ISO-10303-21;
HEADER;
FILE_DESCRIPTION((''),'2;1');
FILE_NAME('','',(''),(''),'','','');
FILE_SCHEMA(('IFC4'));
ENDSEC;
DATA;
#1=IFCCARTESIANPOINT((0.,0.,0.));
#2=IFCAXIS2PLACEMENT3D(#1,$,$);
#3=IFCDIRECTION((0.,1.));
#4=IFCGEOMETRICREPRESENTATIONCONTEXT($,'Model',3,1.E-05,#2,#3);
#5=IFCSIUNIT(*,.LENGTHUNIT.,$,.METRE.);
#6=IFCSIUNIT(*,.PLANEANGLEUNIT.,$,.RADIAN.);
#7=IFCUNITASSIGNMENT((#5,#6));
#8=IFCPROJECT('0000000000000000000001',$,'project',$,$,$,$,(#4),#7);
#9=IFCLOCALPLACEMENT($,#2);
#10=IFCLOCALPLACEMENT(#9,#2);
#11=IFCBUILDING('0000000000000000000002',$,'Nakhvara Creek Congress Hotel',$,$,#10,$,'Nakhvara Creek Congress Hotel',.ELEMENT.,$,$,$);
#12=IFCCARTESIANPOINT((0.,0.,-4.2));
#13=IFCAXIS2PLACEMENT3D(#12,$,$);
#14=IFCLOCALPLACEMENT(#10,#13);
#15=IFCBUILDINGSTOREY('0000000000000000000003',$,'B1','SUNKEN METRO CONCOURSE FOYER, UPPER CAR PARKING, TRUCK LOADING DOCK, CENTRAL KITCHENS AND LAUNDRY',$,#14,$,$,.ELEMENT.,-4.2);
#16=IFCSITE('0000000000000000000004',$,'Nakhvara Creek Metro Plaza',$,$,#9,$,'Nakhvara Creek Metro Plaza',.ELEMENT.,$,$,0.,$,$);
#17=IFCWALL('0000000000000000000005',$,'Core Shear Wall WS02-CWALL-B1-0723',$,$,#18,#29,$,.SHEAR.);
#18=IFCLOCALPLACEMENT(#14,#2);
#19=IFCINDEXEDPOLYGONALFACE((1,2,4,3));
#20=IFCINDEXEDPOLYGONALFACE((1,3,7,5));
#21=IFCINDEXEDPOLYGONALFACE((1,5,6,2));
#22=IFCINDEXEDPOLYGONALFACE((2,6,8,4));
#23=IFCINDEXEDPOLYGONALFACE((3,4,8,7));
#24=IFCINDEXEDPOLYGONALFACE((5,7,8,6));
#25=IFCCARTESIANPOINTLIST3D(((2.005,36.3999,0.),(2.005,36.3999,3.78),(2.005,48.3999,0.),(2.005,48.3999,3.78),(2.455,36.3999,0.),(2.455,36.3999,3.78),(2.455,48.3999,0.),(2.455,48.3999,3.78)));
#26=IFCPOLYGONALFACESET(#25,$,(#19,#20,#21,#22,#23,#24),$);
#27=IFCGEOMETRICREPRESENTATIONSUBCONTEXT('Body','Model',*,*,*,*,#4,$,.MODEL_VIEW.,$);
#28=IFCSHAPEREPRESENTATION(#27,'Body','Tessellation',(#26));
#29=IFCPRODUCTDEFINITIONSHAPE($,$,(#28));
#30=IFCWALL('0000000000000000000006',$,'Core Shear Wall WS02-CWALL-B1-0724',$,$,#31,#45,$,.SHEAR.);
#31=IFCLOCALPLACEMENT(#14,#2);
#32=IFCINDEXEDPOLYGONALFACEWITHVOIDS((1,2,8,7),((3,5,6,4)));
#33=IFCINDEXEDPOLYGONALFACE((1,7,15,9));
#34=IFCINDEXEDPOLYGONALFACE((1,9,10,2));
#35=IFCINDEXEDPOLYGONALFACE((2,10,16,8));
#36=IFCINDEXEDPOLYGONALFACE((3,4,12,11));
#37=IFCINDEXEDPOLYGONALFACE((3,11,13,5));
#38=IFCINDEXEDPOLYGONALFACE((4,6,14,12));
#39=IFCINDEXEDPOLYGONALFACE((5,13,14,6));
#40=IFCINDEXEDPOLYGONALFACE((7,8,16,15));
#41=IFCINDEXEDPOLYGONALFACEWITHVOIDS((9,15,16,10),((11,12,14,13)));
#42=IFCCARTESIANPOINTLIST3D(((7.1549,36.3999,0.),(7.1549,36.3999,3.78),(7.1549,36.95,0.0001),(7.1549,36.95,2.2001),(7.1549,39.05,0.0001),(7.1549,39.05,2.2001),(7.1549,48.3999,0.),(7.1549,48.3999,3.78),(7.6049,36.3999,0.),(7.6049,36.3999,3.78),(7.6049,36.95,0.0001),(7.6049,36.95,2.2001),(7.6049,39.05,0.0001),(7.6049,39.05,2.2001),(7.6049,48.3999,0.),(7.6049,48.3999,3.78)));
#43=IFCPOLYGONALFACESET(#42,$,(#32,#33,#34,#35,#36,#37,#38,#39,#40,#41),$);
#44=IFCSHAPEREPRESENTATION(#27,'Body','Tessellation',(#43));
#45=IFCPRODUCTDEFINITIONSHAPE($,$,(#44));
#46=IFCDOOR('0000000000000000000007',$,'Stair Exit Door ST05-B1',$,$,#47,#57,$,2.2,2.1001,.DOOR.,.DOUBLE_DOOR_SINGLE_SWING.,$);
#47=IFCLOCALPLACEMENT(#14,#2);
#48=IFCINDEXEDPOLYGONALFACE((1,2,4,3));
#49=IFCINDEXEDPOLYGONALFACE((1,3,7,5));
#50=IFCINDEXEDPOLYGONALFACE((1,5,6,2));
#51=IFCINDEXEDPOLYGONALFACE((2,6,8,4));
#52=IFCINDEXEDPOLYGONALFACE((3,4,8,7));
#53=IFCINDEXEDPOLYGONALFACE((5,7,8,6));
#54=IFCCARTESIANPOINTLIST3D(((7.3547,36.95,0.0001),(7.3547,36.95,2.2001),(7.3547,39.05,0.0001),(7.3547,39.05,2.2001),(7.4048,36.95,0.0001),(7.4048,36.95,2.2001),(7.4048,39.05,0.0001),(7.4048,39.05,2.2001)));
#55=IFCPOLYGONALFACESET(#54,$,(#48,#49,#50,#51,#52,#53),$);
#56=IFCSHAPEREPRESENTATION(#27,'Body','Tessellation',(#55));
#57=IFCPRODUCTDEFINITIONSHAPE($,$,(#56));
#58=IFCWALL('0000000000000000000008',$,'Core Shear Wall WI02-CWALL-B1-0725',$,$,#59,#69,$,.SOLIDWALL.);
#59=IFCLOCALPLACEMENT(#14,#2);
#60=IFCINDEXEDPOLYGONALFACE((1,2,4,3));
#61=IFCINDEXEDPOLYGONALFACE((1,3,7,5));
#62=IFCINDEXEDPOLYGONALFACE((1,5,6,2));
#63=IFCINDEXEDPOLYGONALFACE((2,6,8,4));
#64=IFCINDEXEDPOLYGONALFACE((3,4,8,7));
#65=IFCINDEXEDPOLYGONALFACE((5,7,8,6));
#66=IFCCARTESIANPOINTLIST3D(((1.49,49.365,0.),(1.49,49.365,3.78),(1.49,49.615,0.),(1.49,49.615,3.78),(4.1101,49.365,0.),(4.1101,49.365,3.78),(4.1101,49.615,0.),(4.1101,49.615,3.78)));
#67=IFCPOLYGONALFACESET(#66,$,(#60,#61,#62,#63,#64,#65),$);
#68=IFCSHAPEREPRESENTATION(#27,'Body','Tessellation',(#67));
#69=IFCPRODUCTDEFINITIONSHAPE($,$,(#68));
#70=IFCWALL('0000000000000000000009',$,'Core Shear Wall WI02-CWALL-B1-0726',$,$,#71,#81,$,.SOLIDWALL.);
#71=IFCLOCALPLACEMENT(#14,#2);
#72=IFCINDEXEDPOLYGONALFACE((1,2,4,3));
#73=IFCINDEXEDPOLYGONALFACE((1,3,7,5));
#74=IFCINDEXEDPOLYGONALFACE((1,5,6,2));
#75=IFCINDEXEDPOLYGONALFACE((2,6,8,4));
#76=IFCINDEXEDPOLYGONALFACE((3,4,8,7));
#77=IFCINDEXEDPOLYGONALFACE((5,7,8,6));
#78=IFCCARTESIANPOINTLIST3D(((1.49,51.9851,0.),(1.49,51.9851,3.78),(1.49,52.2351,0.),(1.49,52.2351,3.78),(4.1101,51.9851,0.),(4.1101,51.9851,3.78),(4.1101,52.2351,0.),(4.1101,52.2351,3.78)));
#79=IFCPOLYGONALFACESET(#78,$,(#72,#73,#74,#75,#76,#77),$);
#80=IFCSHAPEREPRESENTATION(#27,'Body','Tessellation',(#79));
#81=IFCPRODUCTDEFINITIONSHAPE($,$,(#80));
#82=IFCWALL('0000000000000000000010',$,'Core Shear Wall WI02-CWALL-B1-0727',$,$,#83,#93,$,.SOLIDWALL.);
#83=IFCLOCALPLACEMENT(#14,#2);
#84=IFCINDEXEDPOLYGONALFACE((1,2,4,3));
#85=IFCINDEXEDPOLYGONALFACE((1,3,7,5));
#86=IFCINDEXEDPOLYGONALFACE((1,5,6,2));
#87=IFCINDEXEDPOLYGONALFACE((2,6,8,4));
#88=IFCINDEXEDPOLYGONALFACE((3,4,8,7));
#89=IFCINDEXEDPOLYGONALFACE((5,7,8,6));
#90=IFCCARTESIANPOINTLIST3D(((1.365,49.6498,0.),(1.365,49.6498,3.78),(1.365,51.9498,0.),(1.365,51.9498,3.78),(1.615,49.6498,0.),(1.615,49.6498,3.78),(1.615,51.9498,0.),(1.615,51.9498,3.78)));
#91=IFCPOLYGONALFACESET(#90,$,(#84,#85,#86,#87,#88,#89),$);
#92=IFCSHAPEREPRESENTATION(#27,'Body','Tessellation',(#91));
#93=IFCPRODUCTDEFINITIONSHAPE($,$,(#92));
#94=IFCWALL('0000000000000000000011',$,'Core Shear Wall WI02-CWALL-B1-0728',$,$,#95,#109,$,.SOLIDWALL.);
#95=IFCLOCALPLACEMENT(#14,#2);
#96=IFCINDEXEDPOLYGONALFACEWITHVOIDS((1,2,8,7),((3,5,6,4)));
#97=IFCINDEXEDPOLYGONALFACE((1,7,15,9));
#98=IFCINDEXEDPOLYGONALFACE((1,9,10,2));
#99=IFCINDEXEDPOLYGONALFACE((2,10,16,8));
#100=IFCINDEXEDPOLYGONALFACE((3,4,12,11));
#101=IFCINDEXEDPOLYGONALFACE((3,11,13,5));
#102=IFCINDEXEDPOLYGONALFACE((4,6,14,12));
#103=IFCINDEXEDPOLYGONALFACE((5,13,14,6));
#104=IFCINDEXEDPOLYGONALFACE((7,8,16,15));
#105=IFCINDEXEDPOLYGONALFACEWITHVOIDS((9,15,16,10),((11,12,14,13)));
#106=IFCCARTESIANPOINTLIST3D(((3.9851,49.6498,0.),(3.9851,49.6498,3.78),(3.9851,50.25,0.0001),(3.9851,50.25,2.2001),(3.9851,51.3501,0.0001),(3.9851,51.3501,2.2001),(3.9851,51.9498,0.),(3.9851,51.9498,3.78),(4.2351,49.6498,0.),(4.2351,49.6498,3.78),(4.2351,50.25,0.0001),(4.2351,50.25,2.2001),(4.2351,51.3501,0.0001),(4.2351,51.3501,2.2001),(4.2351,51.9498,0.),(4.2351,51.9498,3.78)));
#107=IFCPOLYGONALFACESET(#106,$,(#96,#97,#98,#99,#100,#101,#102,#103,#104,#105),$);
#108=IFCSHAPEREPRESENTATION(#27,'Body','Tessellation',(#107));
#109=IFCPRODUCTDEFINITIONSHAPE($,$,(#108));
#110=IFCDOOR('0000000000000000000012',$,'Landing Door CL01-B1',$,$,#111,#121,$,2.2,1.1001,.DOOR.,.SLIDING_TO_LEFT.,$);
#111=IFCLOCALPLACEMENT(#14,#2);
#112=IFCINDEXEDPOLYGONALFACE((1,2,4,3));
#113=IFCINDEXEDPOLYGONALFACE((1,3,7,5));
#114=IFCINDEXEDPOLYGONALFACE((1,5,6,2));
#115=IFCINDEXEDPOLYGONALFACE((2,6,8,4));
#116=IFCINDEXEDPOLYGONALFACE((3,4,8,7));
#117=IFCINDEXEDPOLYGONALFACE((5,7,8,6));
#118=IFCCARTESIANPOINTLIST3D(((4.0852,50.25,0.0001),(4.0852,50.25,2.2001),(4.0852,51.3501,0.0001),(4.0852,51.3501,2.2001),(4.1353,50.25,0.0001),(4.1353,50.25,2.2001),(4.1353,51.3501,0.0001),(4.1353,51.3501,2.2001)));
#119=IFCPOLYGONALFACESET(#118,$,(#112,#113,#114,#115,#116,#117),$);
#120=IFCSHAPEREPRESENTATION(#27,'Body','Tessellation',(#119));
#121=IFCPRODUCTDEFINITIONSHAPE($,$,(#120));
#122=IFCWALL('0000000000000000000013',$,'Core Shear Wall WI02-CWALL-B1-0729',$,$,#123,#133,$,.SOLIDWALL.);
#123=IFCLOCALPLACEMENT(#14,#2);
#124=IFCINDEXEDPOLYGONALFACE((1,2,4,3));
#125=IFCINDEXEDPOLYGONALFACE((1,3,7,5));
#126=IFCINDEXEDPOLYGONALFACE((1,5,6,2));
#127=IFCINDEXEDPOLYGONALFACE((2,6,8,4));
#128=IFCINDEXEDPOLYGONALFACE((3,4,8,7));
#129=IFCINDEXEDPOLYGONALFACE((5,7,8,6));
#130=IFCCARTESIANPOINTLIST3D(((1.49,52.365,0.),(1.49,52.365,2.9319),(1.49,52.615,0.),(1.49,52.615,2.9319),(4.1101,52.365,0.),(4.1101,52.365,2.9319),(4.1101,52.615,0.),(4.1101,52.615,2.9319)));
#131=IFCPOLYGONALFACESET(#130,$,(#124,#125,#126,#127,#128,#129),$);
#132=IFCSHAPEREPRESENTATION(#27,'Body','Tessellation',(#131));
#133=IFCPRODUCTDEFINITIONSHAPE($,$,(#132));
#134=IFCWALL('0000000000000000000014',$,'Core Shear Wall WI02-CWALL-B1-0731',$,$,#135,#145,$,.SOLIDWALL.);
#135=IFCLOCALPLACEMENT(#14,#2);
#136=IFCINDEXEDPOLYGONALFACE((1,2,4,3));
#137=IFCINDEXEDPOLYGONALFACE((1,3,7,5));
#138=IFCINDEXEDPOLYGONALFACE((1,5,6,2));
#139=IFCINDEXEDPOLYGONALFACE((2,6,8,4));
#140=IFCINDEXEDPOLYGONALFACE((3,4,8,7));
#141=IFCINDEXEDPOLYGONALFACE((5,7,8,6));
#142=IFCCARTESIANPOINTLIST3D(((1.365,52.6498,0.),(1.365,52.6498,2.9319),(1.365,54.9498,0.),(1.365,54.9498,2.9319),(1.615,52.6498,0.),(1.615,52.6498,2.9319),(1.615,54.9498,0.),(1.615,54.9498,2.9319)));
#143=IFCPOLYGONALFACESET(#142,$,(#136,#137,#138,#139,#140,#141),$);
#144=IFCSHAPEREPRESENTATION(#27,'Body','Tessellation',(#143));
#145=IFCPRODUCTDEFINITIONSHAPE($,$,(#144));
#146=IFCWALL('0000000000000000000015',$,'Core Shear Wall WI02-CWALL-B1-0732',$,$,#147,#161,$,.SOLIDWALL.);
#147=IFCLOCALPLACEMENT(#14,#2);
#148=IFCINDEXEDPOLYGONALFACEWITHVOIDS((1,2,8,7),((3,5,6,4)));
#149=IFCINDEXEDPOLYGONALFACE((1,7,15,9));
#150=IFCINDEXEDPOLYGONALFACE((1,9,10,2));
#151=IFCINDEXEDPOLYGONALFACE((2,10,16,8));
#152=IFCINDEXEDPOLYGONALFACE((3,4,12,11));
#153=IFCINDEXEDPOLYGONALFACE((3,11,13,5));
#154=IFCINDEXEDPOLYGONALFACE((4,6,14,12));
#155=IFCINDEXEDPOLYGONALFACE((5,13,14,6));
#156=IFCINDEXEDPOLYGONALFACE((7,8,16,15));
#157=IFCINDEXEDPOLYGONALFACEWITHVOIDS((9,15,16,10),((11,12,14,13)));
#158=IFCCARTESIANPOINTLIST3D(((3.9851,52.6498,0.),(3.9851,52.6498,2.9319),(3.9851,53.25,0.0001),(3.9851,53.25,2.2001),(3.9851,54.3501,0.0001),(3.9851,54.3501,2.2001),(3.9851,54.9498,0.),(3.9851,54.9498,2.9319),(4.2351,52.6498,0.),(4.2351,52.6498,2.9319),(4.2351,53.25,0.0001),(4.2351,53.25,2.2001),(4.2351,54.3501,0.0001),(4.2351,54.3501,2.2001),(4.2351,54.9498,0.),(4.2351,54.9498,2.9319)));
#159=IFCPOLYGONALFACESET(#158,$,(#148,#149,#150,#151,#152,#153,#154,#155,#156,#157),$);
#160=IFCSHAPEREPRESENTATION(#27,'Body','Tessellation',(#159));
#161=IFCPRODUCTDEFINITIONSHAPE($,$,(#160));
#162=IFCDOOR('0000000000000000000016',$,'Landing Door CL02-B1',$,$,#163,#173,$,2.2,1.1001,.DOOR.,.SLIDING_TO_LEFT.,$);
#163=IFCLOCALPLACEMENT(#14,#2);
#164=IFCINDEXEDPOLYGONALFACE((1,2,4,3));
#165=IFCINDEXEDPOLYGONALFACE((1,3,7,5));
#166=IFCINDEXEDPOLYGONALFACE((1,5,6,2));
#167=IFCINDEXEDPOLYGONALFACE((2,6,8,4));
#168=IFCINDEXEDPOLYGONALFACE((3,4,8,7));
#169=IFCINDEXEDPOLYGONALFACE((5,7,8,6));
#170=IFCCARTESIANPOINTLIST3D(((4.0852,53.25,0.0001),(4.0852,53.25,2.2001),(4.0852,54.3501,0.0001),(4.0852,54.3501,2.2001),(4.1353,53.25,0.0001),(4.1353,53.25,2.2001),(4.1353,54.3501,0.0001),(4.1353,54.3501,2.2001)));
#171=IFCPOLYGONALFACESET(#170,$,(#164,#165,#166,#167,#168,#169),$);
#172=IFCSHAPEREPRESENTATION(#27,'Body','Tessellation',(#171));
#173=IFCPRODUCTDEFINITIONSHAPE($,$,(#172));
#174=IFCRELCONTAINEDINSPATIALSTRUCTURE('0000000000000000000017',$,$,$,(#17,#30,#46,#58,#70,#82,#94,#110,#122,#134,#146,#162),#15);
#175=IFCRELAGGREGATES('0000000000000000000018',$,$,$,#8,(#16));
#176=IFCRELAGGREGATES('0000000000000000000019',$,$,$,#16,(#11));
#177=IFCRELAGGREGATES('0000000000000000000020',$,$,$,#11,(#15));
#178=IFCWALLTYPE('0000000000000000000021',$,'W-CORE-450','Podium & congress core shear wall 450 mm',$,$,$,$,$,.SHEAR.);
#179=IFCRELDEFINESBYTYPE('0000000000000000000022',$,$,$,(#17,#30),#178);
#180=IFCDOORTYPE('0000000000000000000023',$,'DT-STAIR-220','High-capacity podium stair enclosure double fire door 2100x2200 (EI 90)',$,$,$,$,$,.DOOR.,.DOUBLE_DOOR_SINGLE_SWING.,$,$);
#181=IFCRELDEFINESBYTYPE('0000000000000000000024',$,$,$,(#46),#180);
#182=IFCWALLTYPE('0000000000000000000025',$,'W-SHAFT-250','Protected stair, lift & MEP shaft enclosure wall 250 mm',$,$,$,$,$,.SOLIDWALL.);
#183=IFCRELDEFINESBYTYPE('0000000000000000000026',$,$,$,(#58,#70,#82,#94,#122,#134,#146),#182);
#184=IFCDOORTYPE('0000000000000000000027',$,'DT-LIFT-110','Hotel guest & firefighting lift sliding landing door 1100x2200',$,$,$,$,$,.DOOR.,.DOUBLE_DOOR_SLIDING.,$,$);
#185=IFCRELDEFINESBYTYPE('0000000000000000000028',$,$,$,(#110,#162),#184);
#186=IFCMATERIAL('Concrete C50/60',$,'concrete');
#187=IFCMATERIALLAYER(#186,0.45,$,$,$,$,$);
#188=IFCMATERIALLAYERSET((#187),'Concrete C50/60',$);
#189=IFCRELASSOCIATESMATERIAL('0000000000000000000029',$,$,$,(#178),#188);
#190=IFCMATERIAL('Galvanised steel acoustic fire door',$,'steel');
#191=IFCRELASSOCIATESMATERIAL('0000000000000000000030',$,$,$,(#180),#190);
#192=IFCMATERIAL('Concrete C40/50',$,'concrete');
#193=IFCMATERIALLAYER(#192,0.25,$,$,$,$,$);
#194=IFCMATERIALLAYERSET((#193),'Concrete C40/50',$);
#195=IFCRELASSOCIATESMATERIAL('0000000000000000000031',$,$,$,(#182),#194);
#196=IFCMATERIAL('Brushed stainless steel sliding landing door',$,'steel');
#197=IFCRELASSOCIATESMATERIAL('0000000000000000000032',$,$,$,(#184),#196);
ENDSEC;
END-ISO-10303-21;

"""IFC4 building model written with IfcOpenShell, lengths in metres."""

from ifc_helpers import new_model, si_unit, direction, frame, frame_2d, origin, place, context, subcontext, project, spatial, rectangle, extrude, material, layer, layer_set, type_object, element, fill, save


model = new_model("IFC4")

# Units and contexts
model_context = context("Model", 3, precision=1e-05, world=origin(), true_north=direction((0.0, 1.0)))
body_context = subcontext(model_context, "Body", "Model", "MODEL_VIEW")
ifc_project = project(units=[si_unit("LENGTHUNIT", "METRE"), si_unit("PLANEANGLEUNIT", "RADIAN")], contexts=[model_context])

# Site, building, storey
site_placement = place(None, origin())
site = spatial("IfcSite", under=ifc_project, at=site_placement, Name="Nakhvara Creek Metro Plaza", LongName="Nakhvara Creek Metro Plaza", CompositionType="ELEMENT", RefElevation=0.0)
building_placement = place(site_placement, origin())
building = spatial("IfcBuilding", under=site, at=building_placement, Name="Nakhvara Creek Congress Hotel", LongName="Nakhvara Creek Congress Hotel", CompositionType="ELEMENT")
storey_placement = place(building_placement, frame((0.0, 0.0, -4.2)))
storey = spatial("IfcBuildingStorey", under=building, at=storey_placement, Name="B1", Description="SUNKEN METRO CONCOURSE FOYER, UPPER CAR PARKING, TRUCK LOADING DOCK, CENTRAL KITCHENS AND LAUNDRY", CompositionType="ELEMENT", Elevation=-4.2)

# Shared definitions
ifc_material_1 = material(Name="Concrete C50/60", Category="concrete")

# Shared definitions
ifc_material_2 = material(Name="Concrete C40/50", Category="concrete")

# Wall
ifc_layer_1 = layer(ifc_material_1, 0.45)
ifc_layer_set_1 = layer_set([ifc_layer_1], Name="Concrete C50/60")
wall_type_1 = type_object("IfcWallType", Name="W-CORE-450", Description="Podium & congress core shear wall 450 mm", PredefinedType="SHEAR", material=ifc_layer_set_1)
wall_1_placement = place(storey_placement, frame((2.23, 36.3999, 0.0), z_axis=(0.0, 0.0, 1.0), x_axis=(0.0, 1.0, 0.0)))
element("IfcWall", 1, at=wall_1_placement, inside=storey, type_object=wall_type_1, Name="Core Shear Wall WS02-CWALL-B1-0723", PredefinedType="SHEAR", context=body_context, shape_type="SweptSolid", body=[
    extrude(rectangle(XDim=12.0, YDim=0.45, at=frame_2d((6.0, 0.0))), origin(), (0.0, 0.0, 1.0), 3.78),
])

# Wall, opening, door
wall_2_placement = place(storey_placement, frame((7.3799, 36.3999, 0.0), z_axis=(0.0, 0.0, 1.0), x_axis=(0.0, 1.0, 0.0)))
wall_2 = element("IfcWall", 2, at=wall_2_placement, inside=storey, type_object=wall_type_1, Name="Core Shear Wall WS02-CWALL-B1-0724", PredefinedType="SHEAR", context=body_context, shape_type="SweptSolid", body=[
    extrude(rectangle(XDim=12.0, YDim=0.45, at=frame_2d((6.0, 0.0))), origin(), (0.0, 0.0, 1.0), 3.78),
])
opening_1_placement = place(wall_2_placement, frame((0.55, 0.0, 0.0)))
opening_1 = element("IfcOpeningElement", 3, at=opening_1_placement, cuts=wall_2, PredefinedType="OPENING", context=body_context, shape_type="SweptSolid", body=[
    extrude(rectangle(XDim=2.1001, YDim=2.2, at=frame_2d((1.05, 1.1001))), frame((0.0, 0.2368, 0.0), z_axis=(0.0, -1.0, 0.0), x_axis=(1.0, 0.0, 0.0)), (0.0, 0.0, 1.0), 0.4739),
])
ifc_material_3 = material(Name="Galvanised steel acoustic fire door", Category="steel")
door_type_1 = type_object("IfcDoorType", Name="DT-STAIR-220", Description="High-capacity podium stair enclosure double fire door 2100x2200 (EI 90)", OperationType="DOUBLE_DOOR_SINGLE_SWING", PredefinedType="DOOR", material=ifc_material_3)
door_1_placement = place(opening_1_placement, frame((2.1001, 0.0, 0.0), z_axis=(0.0, 0.0, 1.0), x_axis=(-1.0, 0.0, 0.0)))
door_1 = element("IfcDoor", 4, at=door_1_placement, inside=storey, type_object=door_type_1, Name="Stair Exit Door ST05-B1", OperationType="DOUBLE_DOOR_SINGLE_SWING", OverallHeight=2.2, OverallWidth=2.1001, PredefinedType="DOOR", context=body_context, shape_type="SweptSolid", body=[
    extrude(rectangle(XDim=2.1001, YDim=2.2, at=frame_2d((1.05, 1.1001))), frame((0.0, 0.0249, 0.0), z_axis=(0.0, -1.0, 0.0), x_axis=(1.0, 0.0, 0.0)), (0.0, 0.0, 1.0), 0.05),
])
fill(opening_1, door_1)

# Walls
ifc_layer_2 = layer(ifc_material_2, 0.25)
ifc_layer_set_2 = layer_set([ifc_layer_2], Name="Concrete C40/50")
wall_type_2 = type_object("IfcWallType", Name="W-SHAFT-250", Description="Protected stair, lift & MEP shaft enclosure wall 250 mm", PredefinedType="SOLIDWALL", material=ifc_layer_set_2)
for number, where, z_axis, x_axis, name in (
    (5, (1.49, 49.49, 0.0), (0.0, 0.0, 1.0), (1.0, 0.0, 0.0), "Core Shear Wall WI02-CWALL-B1-0725"),
    (6, (1.49, 52.1101, 0.0), (0.0, 0.0, 1.0), (1.0, 0.0, 0.0), "Core Shear Wall WI02-CWALL-B1-0726"),
):
    element("IfcWall", number, at=place(storey_placement, frame(where, z_axis=z_axis, x_axis=x_axis)), inside=storey, type_object=wall_type_2, Name=name, PredefinedType="SOLIDWALL", context=body_context, shape_type="SweptSolid", body=[
        extrude(rectangle(XDim=2.6201, YDim=0.25, at=frame_2d((1.3101, 0.0))), origin(), (0.0, 0.0, 1.0), 3.78),
    ])
wall_3_placement = place(storey_placement, frame((1.49, 49.6499, 0.0), z_axis=(0.0, 0.0, 1.0), x_axis=(0.0, 1.0, 0.0)))
element("IfcWall", 7, at=wall_3_placement, inside=storey, type_object=wall_type_2, Name="Core Shear Wall WI02-CWALL-B1-0727", PredefinedType="SOLIDWALL", context=body_context, shape_type="SweptSolid", body=[
    extrude(rectangle(XDim=2.3, YDim=0.25, at=frame_2d((1.1499, 0.0))), origin(), (0.0, 0.0, 1.0), 3.78),
])

# Wall, opening, door
wall_4_placement = place(storey_placement, frame((4.1101, 49.6499, 0.0), z_axis=(0.0, 0.0, 1.0), x_axis=(0.0, 1.0, 0.0)))
wall_4 = element("IfcWall", 8, at=wall_4_placement, inside=storey, type_object=wall_type_2, Name="Core Shear Wall WI02-CWALL-B1-0728", PredefinedType="SOLIDWALL", context=body_context, shape_type="SweptSolid", body=[
    extrude(rectangle(XDim=2.3, YDim=0.25, at=frame_2d((1.1499, 0.0))), origin(), (0.0, 0.0, 1.0), 3.78),
])
opening_2_placement = place(wall_4_placement, frame((0.6001, 0.0, 0.0)))
opening_2 = element("IfcOpeningElement", 9, at=opening_2_placement, cuts=wall_4, PredefinedType="OPENING", context=body_context, shape_type="SweptSolid", body=[
    extrude(rectangle(XDim=1.1001, YDim=2.2, at=frame_2d((0.55, 1.1001))), frame((0.0, 0.137, 0.0), z_axis=(0.0, -1.0, 0.0), x_axis=(1.0, 0.0, 0.0)), (0.0, 0.0, 1.0), 0.2739),
])
ifc_material_4 = material(Name="Brushed stainless steel sliding landing door", Category="steel")
door_type_2 = type_object("IfcDoorType", Name="DT-LIFT-110", Description="Hotel guest & firefighting lift sliding landing door 1100x2200", OperationType="DOUBLE_DOOR_SLIDING", PredefinedType="DOOR", material=ifc_material_4)
door_2_placement = place(opening_2_placement, origin())
door_2 = element("IfcDoor", 10, at=door_2_placement, inside=storey, type_object=door_type_2, Name="Landing Door CL01-B1", OperationType="SLIDING_TO_LEFT", OverallHeight=2.2, OverallWidth=1.1001, PredefinedType="DOOR", context=body_context, shape_type="SweptSolid", body=[
    extrude(rectangle(XDim=1.1001, YDim=2.2, at=frame_2d((0.55, 1.1001))), frame((0.0, 0.0249, 0.0), z_axis=(0.0, -1.0, 0.0), x_axis=(1.0, 0.0, 0.0)), (0.0, 0.0, 1.0), 0.05),
])
fill(opening_2, door_2)

# Walls
wall_5_placement = place(storey_placement, frame((1.49, 52.49, 0.0), z_axis=(0.0, 0.0, 1.0), x_axis=(1.0, 0.0, 0.0)))
element("IfcWall", 11, at=wall_5_placement, inside=storey, type_object=wall_type_2, Name="Core Shear Wall WI02-CWALL-B1-0729", PredefinedType="SOLIDWALL", context=body_context, shape_type="SweptSolid", body=[
    extrude(rectangle(XDim=2.6201, YDim=0.25, at=frame_2d((1.3101, 0.0))), origin(), (0.0, 0.0, 1.0), 2.9319),
])
wall_6_placement = place(storey_placement, frame((1.49, 52.6499, 0.0), z_axis=(0.0, 0.0, 1.0), x_axis=(0.0, 1.0, 0.0)))
element("IfcWall", 12, at=wall_6_placement, inside=storey, type_object=wall_type_2, Name="Core Shear Wall WI02-CWALL-B1-0731", PredefinedType="SOLIDWALL", context=body_context, shape_type="SweptSolid", body=[
    extrude(rectangle(XDim=2.3, YDim=0.25, at=frame_2d((1.1499, 0.0))), origin(), (0.0, 0.0, 1.0), 2.9319),
])

# Wall, opening, door
wall_7_placement = place(storey_placement, frame((4.1101, 52.6499, 0.0), z_axis=(0.0, 0.0, 1.0), x_axis=(0.0, 1.0, 0.0)))
wall_7 = element("IfcWall", 13, at=wall_7_placement, inside=storey, type_object=wall_type_2, Name="Core Shear Wall WI02-CWALL-B1-0732", PredefinedType="SOLIDWALL", context=body_context, shape_type="SweptSolid", body=[
    extrude(rectangle(XDim=2.3, YDim=0.25, at=frame_2d((1.1499, 0.0))), origin(), (0.0, 0.0, 1.0), 2.9319),
])
opening_3_placement = place(wall_7_placement, frame((0.6001, 0.0, 0.0)))
opening_3 = element("IfcOpeningElement", 14, at=opening_3_placement, cuts=wall_7, PredefinedType="OPENING", context=body_context, shape_type="SweptSolid", body=[
    extrude(rectangle(XDim=1.1001, YDim=2.2, at=frame_2d((0.55, 1.1001))), frame((0.0, 0.137, 0.0), z_axis=(0.0, -1.0, 0.0), x_axis=(1.0, 0.0, 0.0)), (0.0, 0.0, 1.0), 0.2739),
])
door_3_placement = place(opening_3_placement, origin())
door_3 = element("IfcDoor", 15, at=door_3_placement, inside=storey, type_object=door_type_2, Name="Landing Door CL02-B1", OperationType="SLIDING_TO_LEFT", OverallHeight=2.2, OverallWidth=1.1001, PredefinedType="DOOR", context=body_context, shape_type="SweptSolid", body=[
    extrude(rectangle(XDim=1.1001, YDim=2.2, at=frame_2d((0.55, 1.1001))), frame((0.0, 0.0249, 0.0), z_axis=(0.0, -1.0, 0.0), x_axis=(1.0, 0.0, 0.0)), (0.0, 0.0, 1.0), 0.05),
])
fill(opening_3, door_3)

save(model, "model.ifc")
